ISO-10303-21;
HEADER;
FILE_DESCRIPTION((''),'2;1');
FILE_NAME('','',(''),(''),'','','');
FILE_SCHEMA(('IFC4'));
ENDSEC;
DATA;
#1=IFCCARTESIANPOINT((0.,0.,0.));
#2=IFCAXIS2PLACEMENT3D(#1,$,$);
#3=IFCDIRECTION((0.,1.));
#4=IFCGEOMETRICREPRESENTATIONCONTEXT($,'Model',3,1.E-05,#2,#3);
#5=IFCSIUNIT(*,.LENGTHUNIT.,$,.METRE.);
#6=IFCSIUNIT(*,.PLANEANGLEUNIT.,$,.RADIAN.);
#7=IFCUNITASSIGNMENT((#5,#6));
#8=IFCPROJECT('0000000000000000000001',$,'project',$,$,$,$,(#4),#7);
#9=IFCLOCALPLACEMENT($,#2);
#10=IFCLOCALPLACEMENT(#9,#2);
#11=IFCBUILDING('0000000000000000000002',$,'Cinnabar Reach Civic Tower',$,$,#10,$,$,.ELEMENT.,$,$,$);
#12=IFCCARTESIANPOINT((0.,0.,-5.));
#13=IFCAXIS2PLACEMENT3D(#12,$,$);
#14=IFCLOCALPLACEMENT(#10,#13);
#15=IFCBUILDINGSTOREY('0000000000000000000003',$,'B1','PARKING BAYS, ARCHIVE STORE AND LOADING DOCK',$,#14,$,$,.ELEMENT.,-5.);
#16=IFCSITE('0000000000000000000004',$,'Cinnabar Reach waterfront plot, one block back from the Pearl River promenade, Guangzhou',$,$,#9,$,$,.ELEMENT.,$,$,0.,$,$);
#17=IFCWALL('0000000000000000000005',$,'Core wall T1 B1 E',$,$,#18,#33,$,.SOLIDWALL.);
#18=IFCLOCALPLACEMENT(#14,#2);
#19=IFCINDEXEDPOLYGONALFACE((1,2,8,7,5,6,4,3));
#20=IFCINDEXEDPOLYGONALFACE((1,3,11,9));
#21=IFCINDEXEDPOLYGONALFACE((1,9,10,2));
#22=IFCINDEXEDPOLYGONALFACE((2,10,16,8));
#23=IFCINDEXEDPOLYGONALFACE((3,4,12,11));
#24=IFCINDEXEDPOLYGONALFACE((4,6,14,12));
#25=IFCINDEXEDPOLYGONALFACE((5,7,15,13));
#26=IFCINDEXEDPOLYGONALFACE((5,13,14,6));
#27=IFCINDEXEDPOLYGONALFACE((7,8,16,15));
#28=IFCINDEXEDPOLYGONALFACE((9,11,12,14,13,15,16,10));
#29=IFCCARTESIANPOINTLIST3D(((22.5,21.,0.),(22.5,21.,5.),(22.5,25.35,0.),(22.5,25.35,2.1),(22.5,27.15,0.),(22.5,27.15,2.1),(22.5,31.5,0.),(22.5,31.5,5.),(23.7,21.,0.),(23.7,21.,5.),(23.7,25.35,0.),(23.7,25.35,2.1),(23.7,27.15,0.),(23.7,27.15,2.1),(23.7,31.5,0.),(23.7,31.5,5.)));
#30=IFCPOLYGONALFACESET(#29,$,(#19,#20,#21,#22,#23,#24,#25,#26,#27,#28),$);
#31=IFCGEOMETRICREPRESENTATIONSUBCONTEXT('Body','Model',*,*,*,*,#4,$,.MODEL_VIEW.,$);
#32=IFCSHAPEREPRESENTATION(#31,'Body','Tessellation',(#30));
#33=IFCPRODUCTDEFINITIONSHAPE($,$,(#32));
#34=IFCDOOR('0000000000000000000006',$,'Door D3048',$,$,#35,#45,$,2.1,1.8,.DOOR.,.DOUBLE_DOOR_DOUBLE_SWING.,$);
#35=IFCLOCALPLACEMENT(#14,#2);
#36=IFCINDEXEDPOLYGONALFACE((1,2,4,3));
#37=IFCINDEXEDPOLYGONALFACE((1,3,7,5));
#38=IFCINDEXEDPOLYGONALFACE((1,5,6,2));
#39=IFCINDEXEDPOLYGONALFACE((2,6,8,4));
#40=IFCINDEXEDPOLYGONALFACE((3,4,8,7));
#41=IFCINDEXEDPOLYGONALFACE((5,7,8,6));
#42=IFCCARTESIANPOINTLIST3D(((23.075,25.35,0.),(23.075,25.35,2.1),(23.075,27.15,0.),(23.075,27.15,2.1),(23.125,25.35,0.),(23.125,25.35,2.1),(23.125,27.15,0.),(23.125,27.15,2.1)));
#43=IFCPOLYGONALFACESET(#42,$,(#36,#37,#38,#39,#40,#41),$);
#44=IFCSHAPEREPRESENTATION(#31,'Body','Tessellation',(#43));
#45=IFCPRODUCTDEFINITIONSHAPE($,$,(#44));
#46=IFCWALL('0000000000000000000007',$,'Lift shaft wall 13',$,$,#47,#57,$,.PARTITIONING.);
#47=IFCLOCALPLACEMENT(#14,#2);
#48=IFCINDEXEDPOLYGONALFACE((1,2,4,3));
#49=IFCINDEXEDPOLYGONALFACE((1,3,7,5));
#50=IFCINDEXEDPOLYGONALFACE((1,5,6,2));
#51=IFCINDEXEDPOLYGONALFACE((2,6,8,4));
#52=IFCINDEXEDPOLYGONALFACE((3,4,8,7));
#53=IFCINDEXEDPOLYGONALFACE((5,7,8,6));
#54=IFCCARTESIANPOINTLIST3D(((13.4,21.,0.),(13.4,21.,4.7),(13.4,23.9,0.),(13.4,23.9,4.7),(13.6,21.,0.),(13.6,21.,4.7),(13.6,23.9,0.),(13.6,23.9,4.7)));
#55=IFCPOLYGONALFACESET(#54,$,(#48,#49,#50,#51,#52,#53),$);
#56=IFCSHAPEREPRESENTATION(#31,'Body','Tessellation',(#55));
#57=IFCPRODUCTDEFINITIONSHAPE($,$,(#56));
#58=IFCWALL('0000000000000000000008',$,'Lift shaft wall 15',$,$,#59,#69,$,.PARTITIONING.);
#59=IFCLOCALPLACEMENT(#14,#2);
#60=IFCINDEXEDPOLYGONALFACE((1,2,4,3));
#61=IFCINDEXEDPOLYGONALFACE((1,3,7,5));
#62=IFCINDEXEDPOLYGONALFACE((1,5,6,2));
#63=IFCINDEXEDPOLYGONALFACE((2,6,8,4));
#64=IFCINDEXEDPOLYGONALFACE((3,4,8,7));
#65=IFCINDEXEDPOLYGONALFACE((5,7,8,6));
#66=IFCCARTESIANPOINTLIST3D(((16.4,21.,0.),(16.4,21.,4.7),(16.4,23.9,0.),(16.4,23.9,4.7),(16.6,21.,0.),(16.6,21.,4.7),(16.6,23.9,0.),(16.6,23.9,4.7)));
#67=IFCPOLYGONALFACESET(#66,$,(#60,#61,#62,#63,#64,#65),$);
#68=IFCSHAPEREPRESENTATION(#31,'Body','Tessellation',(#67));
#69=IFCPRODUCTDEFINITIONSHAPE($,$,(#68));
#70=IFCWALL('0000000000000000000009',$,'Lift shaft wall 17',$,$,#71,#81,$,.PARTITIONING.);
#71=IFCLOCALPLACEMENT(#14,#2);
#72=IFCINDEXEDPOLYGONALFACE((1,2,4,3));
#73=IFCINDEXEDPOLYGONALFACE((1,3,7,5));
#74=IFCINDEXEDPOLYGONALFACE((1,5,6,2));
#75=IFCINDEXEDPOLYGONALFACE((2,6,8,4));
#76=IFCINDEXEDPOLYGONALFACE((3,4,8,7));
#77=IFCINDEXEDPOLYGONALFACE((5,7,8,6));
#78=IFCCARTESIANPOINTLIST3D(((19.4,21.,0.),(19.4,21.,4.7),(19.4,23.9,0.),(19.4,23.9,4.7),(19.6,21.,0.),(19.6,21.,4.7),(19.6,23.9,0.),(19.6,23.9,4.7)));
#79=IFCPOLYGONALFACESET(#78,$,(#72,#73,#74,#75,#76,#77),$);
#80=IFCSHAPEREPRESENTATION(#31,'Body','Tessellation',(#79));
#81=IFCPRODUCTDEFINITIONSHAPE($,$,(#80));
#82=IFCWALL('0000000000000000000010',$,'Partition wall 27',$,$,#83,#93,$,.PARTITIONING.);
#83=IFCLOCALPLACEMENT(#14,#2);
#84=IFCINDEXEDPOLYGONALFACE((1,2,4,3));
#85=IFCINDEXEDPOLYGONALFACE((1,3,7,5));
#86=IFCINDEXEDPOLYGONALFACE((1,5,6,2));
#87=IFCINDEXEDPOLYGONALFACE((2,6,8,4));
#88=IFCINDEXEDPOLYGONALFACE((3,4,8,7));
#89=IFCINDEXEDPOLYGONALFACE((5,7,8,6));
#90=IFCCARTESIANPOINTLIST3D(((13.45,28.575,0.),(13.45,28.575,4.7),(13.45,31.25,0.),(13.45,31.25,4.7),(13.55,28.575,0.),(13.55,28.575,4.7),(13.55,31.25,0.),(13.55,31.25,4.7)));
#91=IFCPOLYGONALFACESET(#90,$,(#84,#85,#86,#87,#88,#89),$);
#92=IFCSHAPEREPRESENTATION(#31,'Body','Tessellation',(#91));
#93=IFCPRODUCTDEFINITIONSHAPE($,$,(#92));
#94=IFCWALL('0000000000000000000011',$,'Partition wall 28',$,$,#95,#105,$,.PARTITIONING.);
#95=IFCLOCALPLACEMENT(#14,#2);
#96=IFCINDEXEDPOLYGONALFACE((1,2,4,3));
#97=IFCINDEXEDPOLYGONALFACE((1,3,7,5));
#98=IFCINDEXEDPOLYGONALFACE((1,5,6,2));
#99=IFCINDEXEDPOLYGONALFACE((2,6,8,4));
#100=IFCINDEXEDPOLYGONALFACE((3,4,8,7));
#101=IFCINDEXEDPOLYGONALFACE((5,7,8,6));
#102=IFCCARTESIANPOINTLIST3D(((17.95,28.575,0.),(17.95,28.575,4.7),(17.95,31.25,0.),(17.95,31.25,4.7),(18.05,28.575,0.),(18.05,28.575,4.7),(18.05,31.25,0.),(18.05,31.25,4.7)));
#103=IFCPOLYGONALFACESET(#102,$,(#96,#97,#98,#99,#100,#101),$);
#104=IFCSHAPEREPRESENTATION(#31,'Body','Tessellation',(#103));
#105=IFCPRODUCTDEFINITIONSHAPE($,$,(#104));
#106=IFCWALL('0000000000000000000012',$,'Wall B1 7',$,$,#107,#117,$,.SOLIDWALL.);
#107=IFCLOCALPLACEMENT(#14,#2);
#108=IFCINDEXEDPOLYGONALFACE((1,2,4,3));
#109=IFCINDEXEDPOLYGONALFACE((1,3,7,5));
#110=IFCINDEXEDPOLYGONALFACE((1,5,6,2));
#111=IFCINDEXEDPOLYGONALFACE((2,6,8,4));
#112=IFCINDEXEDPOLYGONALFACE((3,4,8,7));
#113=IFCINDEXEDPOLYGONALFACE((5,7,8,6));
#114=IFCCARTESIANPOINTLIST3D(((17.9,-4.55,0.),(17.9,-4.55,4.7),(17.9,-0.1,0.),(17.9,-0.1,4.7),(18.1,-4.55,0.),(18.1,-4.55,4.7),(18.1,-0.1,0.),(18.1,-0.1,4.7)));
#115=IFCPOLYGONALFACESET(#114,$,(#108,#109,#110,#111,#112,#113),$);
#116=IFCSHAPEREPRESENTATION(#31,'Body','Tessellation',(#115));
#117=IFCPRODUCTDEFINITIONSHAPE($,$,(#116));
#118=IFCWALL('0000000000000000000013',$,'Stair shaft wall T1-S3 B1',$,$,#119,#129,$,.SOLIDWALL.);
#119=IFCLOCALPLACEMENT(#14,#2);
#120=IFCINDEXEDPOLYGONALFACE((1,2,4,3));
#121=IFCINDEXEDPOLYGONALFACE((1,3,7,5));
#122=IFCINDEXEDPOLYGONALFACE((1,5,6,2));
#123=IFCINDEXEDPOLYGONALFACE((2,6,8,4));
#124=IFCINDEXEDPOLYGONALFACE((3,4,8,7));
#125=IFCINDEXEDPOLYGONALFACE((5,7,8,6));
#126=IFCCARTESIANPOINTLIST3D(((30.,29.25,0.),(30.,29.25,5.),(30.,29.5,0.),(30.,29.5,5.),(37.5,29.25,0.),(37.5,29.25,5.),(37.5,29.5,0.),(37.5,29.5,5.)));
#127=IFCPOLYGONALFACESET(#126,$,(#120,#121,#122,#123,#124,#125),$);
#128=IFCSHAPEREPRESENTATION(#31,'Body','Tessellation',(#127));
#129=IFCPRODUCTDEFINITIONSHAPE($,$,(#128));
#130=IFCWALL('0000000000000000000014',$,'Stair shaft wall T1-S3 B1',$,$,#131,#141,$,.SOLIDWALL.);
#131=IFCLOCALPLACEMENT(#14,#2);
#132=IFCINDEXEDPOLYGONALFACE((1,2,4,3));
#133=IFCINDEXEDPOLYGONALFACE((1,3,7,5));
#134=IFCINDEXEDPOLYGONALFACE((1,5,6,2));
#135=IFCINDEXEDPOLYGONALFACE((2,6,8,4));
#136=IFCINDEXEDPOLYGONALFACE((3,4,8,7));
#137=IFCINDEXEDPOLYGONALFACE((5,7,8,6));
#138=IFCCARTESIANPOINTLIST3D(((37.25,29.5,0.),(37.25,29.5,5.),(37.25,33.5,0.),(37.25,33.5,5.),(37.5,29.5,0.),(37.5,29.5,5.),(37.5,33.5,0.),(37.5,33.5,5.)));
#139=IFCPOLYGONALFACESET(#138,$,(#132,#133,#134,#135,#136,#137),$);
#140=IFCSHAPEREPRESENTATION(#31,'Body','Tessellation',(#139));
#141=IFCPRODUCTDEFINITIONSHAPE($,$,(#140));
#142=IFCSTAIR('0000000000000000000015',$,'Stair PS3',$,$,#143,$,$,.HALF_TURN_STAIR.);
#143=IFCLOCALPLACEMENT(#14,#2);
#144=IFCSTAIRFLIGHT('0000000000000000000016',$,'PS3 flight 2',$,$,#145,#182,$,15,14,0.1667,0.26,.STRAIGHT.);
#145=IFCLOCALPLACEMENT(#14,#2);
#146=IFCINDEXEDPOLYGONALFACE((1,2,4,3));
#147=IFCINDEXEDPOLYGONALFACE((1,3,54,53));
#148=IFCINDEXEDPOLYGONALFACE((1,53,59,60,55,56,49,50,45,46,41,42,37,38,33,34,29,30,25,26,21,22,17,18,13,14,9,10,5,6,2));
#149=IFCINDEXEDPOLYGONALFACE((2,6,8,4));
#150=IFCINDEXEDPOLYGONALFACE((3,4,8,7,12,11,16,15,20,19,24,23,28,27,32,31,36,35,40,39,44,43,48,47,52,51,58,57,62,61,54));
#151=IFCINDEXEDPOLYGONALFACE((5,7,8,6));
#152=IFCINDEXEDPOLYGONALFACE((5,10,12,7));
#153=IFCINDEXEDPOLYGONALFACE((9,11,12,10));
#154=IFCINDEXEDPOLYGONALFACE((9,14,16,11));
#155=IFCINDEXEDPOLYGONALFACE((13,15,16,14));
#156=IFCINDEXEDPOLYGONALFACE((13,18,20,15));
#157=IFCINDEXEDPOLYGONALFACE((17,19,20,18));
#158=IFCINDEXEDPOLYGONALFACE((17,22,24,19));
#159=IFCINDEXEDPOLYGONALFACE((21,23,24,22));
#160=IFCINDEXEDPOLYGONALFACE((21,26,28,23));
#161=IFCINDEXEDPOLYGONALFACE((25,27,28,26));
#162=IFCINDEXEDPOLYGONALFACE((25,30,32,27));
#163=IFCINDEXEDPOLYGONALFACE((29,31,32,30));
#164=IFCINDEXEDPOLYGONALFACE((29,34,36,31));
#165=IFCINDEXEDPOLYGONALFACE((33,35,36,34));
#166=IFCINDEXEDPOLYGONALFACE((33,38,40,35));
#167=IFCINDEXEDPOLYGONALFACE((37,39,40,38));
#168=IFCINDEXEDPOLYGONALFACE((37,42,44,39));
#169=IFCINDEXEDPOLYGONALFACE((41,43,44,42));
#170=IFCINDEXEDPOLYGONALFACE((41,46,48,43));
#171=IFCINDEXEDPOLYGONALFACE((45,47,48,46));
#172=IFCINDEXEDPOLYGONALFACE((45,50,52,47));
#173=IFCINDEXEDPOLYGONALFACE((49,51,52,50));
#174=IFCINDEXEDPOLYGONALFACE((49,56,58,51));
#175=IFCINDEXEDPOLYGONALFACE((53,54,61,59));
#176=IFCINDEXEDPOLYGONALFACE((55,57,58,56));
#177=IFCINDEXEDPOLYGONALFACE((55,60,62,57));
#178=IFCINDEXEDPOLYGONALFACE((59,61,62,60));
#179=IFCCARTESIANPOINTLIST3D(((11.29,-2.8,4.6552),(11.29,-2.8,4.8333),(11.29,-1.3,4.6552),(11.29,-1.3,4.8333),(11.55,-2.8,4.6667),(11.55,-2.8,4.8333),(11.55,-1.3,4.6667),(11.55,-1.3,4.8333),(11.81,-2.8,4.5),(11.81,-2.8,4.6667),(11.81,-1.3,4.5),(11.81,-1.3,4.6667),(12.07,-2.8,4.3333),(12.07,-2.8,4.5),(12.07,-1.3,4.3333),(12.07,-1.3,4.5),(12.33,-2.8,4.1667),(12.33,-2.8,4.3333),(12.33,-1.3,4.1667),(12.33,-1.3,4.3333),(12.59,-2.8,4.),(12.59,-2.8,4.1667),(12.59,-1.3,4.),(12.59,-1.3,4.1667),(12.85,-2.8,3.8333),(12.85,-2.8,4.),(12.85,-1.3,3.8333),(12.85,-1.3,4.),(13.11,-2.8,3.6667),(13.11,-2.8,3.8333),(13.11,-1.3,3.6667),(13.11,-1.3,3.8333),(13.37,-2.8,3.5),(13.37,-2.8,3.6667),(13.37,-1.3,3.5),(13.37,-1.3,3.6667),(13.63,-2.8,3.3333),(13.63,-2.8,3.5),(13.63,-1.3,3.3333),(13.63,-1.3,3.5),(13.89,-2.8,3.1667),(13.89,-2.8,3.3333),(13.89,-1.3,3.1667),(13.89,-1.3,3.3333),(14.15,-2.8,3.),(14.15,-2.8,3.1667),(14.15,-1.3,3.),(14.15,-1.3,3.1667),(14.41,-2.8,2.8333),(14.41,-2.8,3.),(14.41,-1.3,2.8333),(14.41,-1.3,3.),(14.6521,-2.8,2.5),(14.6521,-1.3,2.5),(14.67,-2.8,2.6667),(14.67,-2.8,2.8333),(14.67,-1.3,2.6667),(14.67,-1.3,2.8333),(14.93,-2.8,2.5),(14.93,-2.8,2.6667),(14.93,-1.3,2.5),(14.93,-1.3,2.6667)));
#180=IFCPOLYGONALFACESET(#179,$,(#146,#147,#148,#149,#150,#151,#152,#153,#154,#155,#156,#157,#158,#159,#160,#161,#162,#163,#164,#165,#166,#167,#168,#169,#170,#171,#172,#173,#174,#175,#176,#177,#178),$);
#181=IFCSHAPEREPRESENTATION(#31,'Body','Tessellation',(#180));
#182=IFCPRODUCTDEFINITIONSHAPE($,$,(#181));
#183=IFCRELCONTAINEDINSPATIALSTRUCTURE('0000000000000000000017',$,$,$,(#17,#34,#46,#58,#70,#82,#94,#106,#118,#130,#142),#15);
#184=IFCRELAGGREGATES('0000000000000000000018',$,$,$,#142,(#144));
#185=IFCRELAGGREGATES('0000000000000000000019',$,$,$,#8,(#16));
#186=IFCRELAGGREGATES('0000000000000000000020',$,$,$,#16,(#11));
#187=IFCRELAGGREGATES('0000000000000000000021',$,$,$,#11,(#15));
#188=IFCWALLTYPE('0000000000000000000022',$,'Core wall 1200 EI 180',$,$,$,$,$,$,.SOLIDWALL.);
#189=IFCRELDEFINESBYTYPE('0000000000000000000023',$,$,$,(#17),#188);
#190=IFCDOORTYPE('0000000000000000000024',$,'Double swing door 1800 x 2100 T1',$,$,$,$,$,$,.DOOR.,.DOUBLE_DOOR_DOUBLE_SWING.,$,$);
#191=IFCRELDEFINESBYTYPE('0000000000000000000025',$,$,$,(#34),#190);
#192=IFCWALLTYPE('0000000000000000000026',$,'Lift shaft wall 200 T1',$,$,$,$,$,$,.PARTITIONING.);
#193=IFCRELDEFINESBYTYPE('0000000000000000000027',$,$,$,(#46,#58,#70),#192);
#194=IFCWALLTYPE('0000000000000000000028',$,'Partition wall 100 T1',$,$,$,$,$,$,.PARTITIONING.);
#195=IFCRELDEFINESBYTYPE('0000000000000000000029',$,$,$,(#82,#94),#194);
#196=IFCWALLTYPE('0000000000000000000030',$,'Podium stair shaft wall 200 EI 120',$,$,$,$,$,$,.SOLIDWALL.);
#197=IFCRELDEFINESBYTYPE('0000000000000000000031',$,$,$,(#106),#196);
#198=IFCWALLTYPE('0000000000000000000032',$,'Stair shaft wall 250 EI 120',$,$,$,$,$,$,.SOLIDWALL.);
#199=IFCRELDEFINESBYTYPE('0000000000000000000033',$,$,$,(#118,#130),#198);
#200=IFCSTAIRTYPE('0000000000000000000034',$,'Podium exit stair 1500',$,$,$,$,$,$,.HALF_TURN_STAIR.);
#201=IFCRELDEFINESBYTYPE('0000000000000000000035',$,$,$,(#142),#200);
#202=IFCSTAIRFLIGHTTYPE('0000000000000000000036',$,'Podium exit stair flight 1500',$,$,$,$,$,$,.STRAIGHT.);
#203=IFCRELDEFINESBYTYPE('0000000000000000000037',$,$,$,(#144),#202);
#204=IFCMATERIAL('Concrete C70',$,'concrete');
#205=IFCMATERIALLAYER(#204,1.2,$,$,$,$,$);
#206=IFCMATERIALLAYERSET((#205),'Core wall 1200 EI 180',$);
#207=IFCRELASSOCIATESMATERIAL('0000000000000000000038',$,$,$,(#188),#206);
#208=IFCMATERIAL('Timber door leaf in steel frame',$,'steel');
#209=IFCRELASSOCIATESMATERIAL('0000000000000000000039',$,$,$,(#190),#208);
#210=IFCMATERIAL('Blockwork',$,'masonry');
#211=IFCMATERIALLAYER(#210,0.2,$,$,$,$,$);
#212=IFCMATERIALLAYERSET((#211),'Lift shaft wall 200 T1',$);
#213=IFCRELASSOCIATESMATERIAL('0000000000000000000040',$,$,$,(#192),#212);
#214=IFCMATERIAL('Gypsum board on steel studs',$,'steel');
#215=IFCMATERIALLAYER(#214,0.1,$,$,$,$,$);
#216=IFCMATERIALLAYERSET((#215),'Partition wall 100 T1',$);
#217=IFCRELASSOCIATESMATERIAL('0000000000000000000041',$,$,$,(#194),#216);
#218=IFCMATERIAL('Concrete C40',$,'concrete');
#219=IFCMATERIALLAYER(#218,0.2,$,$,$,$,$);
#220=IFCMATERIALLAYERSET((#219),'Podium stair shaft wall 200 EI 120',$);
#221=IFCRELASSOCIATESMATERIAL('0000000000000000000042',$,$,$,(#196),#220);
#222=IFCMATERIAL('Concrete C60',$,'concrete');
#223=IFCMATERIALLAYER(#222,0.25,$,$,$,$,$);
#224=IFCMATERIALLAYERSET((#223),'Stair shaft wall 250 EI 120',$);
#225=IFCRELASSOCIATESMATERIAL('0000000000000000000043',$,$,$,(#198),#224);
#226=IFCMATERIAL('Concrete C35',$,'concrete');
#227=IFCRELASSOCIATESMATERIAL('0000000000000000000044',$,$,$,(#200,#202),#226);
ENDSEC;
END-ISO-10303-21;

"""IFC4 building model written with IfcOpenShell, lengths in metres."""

from ifc_helpers import new_model, si_unit, direction, frame, frame_2d, origin, place, context, subcontext, project, spatial, polyline, rectangle, outline, extrude, material, layer, layer_set, type_object, element, fill, aggregate, save


model = new_model("IFC4")

# Units and contexts
model_context = context("Model", 3, precision=1e-05, world=origin(), true_north=direction((0.0, 1.0)))
body_context = subcontext(model_context, "Body", "Model", "MODEL_VIEW")
ifc_project = project(units=[si_unit("LENGTHUNIT", "METRE"), si_unit("PLANEANGLEUNIT", "RADIAN")], contexts=[model_context])

# Site, building, storey
site_placement = place(None, origin())
site = spatial("IfcSite", under=ifc_project, at=site_placement, Name="Cinnabar Reach waterfront plot, one block back from the Pearl River promenade, Guangzhou", CompositionType="ELEMENT", RefElevation=0.0)
building_placement = place(site_placement, origin())
building = spatial("IfcBuilding", under=site, at=building_placement, Name="Cinnabar Reach Civic Tower", CompositionType="ELEMENT")
storey_placement = place(building_placement, frame((0.0, 0.0, -5.0)))
storey = spatial("IfcBuildingStorey", under=building, at=storey_placement, Name="B1", Description="PARKING BAYS, ARCHIVE STORE AND LOADING DOCK", CompositionType="ELEMENT", Elevation=-5.0)

# Shared definitions
ifc_material_1 = material(Name="Concrete C70", Category="concrete")
ifc_material_2 = material(Name="Concrete C60", Category="concrete")

# Wall, opening, door
ifc_layer_1 = layer(ifc_material_1, 1.2)
ifc_layer_set_1 = layer_set([ifc_layer_1], Name="Core wall 1200 EI 180")
wall_type_1 = type_object("IfcWallType", Name="Core wall 1200 EI 180", PredefinedType="SOLIDWALL", material=ifc_layer_set_1)
wall_1_placement = place(storey_placement, frame((23.1, 21.0, 0.0), z_axis=(0.0, 0.0, 1.0), x_axis=(0.0, 1.0, 0.0)))
wall_1 = element("IfcWall", 1, at=wall_1_placement, inside=storey, type_object=wall_type_1, Name="Core wall T1 B1 E", PredefinedType="SOLIDWALL", context=body_context, shape_type="SweptSolid", body=[
    extrude(rectangle(XDim=10.5, YDim=1.2, at=frame_2d((5.25, 0.0))), origin(), (0.0, 0.0, 1.0), 5.0),
])
opening_placement = place(wall_1_placement, frame((4.35, 0.0, 0.0)))
opening = element("IfcOpeningElement", 2, at=opening_placement, cuts=wall_1, PredefinedType="OPENING", context=body_context, shape_type="SweptSolid", body=[
    extrude(rectangle(XDim=1.8, YDim=2.1, at=frame_2d((0.9, 1.05))), frame((0.0, 0.61, 0.0), z_axis=(0.0, -1.0, 0.0), x_axis=(1.0, 0.0, 0.0)), (0.0, 0.0, 1.0), 1.22),
])
ifc_material_3 = material(Name="Timber door leaf in steel frame", Category="steel")
door_type = type_object("IfcDoorType", Name="Double swing door 1800 x 2100 T1", OperationType="DOUBLE_DOOR_DOUBLE_SWING", PredefinedType="DOOR", material=ifc_material_3)
door_placement = place(opening_placement, frame((1.8, 0.0, 0.0), z_axis=(0.0, 0.0, 1.0), x_axis=(-1.0, 0.0, 0.0)))
door = element("IfcDoor", 3, at=door_placement, inside=storey, type_object=door_type, Name="Door D3048", OperationType="DOUBLE_DOOR_DOUBLE_SWING", OverallHeight=2.1, OverallWidth=1.8, PredefinedType="DOOR", context=body_context, shape_type="SweptSolid", body=[
    extrude(rectangle(XDim=1.8, YDim=2.1, at=frame_2d((0.9, 1.05))), frame((0.0, 0.025, 0.0), z_axis=(0.0, -1.0, 0.0), x_axis=(1.0, 0.0, 0.0)), (0.0, 0.0, 1.0), 0.05),
])
fill(opening, door)

# Walls
ifc_material_4 = material(Name="Blockwork", Category="masonry")
ifc_layer_2 = layer(ifc_material_4, 0.2)
ifc_layer_set_2 = layer_set([ifc_layer_2], Name="Lift shaft wall 200 T1")
wall_type_2 = type_object("IfcWallType", Name="Lift shaft wall 200 T1", PredefinedType="PARTITIONING", material=ifc_layer_set_2)
for number, where, z_axis, x_axis, name in (
    (4, (13.5, 21.0, 0.0), (0.0, 0.0, 1.0), (0.0, 1.0, 0.0), "Lift shaft wall 13"),
    (5, (16.5, 21.0, 0.0), (0.0, 0.0, 1.0), (0.0, 1.0, 0.0), "Lift shaft wall 15"),
    (6, (19.5, 21.0, 0.0), (0.0, 0.0, 1.0), (0.0, 1.0, 0.0), "Lift shaft wall 17"),
):
    element("IfcWall", number, at=place(storey_placement, frame(where, z_axis=z_axis, x_axis=x_axis)), inside=storey, type_object=wall_type_2, Name=name, PredefinedType="PARTITIONING", context=body_context, shape_type="SweptSolid", body=[
        extrude(rectangle(XDim=2.9, YDim=0.2, at=frame_2d((1.45, 0.0))), origin(), (0.0, 0.0, 1.0), 4.7),
    ])
ifc_material_5 = material(Name="Gypsum board on steel studs", Category="steel")
ifc_layer_3 = layer(ifc_material_5, 0.1)
ifc_layer_set_3 = layer_set([ifc_layer_3], Name="Partition wall 100 T1")
wall_type_3 = type_object("IfcWallType", Name="Partition wall 100 T1", PredefinedType="PARTITIONING", material=ifc_layer_set_3)
for number, where, z_axis, x_axis, name in (
    (7, (13.5, 28.575, 0.0), (0.0, 0.0, 1.0), (0.0, 1.0, 0.0), "Partition wall 27"),
    (8, (18.0, 28.575, 0.0), (0.0, 0.0, 1.0), (0.0, 1.0, 0.0), "Partition wall 28"),
):
    element("IfcWall", number, at=place(storey_placement, frame(where, z_axis=z_axis, x_axis=x_axis)), inside=storey, type_object=wall_type_3, Name=name, PredefinedType="PARTITIONING", context=body_context, shape_type="SweptSolid", body=[
        extrude(rectangle(XDim=2.675, YDim=0.1, at=frame_2d((1.3375, 0.0))), origin(), (0.0, 0.0, 1.0), 4.7),
    ])
ifc_material_6 = material(Name="Concrete C40", Category="concrete")
ifc_layer_4 = layer(ifc_material_6, 0.2)
ifc_layer_set_4 = layer_set([ifc_layer_4], Name="Podium stair shaft wall 200 EI 120")
wall_type_4 = type_object("IfcWallType", Name="Podium stair shaft wall 200 EI 120", PredefinedType="SOLIDWALL", material=ifc_layer_set_4)
wall_2_placement = place(storey_placement, frame((18.0, -4.55, 0.0), z_axis=(0.0, 0.0, 1.0), x_axis=(0.0, 1.0, 0.0)))
element("IfcWall", 9, at=wall_2_placement, inside=storey, type_object=wall_type_4, Name="Wall B1 7", PredefinedType="SOLIDWALL", context=body_context, shape_type="SweptSolid", body=[
    extrude(rectangle(XDim=4.45, YDim=0.2, at=frame_2d((2.225, 0.0))), origin(), (0.0, 0.0, 1.0), 4.7),
])
ifc_layer_5 = layer(ifc_material_2, 0.25)
ifc_layer_set_5 = layer_set([ifc_layer_5], Name="Stair shaft wall 250 EI 120")
wall_type_5 = type_object("IfcWallType", Name="Stair shaft wall 250 EI 120", PredefinedType="SOLIDWALL", material=ifc_layer_set_5)
wall_3_placement = place(storey_placement, frame((30.0, 29.375, 0.0), z_axis=(0.0, 0.0, 1.0), x_axis=(1.0, 0.0, 0.0)))
element("IfcWall", 10, at=wall_3_placement, inside=storey, type_object=wall_type_5, Name="Stair shaft wall T1-S3 B1", PredefinedType="SOLIDWALL", context=body_context, shape_type="SweptSolid", body=[
    extrude(rectangle(XDim=7.5, YDim=0.25, at=frame_2d((3.75, 0.0))), origin(), (0.0, 0.0, 1.0), 5.0),
])
wall_4_placement = place(storey_placement, frame((37.375, 29.5, 0.0), z_axis=(0.0, 0.0, 1.0), x_axis=(0.0, 1.0, 0.0)))
element("IfcWall", 11, at=wall_4_placement, inside=storey, type_object=wall_type_5, Name="Stair shaft wall T1-S3 B1", PredefinedType="SOLIDWALL", context=body_context, shape_type="SweptSolid", body=[
    extrude(rectangle(XDim=4.0, YDim=0.25, at=frame_2d((2.0, 0.0))), origin(), (0.0, 0.0, 1.0), 5.0),
])

# Stair, stair flight
ifc_material_7 = material(Name="Concrete C35", Category="concrete")
stair_type = type_object("IfcStairType", Name="Podium exit stair 1500", PredefinedType="HALF_TURN_STAIR", material=ifc_material_7)
stair_placement = place(storey_placement, origin())
stair = element("IfcStair", 12, at=stair_placement, inside=storey, type_object=stair_type, Name="Stair PS3", PredefinedType="HALF_TURN_STAIR")
stair_flight_type = type_object("IfcStairFlightType", Name="Podium exit stair flight 1500", PredefinedType="STRAIGHT", material=ifc_material_7)
stair_flight_placement = place(storey_placement, frame((14.93, -2.05, 2.5), z_axis=(0.0, 0.0, 1.0), x_axis=(-1.0, 0.0, 0.0)))
stair_flight = element("IfcStairFlight", 13, at=stair_flight_placement, type_object=stair_flight_type, Name="PS3 flight 2", NumberOfRisers=15, NumberOfTreads=14, PredefinedType="STRAIGHT", RiserHeight=0.1667, TreadLength=0.26, context=body_context, shape_type="SweptSolid", body=[
    extrude(outline(polyline([(0.0, 0.0), (0.0, 0.1667), (0.26, 0.1667), (0.26, 0.3333), (0.52, 0.3333), (0.52, 0.5), (0.78, 0.5), (0.78, 0.6667), (1.04, 0.6667), (1.04, 0.8333), (1.3, 0.8333), (1.3, 1.0), (1.56, 1.0), (1.56, 1.1667), (1.82, 1.1667), (1.82, 1.3333), (2.08, 1.3333), (2.08, 1.5), (2.34, 1.5), (2.34, 1.6667), (2.6, 1.6667), (2.6, 1.8333), (2.86, 1.8333), (2.86, 2.0), (3.12, 2.0), (3.12, 2.1667), (3.38, 2.1667), (3.38, 2.3333), (3.64, 2.3333), (3.64, 2.5), (3.64, 2.1552), (0.2779, 0.0), (0.0, 0.0)])), frame((0.0, 0.75, 0.0), z_axis=(0.0, -1.0, 0.0), x_axis=(1.0, 0.0, 0.0)), (0.0, 0.0, 1.0), 1.5),
])
aggregate(stair, [stair_flight])

save(model, "model.ifc")
